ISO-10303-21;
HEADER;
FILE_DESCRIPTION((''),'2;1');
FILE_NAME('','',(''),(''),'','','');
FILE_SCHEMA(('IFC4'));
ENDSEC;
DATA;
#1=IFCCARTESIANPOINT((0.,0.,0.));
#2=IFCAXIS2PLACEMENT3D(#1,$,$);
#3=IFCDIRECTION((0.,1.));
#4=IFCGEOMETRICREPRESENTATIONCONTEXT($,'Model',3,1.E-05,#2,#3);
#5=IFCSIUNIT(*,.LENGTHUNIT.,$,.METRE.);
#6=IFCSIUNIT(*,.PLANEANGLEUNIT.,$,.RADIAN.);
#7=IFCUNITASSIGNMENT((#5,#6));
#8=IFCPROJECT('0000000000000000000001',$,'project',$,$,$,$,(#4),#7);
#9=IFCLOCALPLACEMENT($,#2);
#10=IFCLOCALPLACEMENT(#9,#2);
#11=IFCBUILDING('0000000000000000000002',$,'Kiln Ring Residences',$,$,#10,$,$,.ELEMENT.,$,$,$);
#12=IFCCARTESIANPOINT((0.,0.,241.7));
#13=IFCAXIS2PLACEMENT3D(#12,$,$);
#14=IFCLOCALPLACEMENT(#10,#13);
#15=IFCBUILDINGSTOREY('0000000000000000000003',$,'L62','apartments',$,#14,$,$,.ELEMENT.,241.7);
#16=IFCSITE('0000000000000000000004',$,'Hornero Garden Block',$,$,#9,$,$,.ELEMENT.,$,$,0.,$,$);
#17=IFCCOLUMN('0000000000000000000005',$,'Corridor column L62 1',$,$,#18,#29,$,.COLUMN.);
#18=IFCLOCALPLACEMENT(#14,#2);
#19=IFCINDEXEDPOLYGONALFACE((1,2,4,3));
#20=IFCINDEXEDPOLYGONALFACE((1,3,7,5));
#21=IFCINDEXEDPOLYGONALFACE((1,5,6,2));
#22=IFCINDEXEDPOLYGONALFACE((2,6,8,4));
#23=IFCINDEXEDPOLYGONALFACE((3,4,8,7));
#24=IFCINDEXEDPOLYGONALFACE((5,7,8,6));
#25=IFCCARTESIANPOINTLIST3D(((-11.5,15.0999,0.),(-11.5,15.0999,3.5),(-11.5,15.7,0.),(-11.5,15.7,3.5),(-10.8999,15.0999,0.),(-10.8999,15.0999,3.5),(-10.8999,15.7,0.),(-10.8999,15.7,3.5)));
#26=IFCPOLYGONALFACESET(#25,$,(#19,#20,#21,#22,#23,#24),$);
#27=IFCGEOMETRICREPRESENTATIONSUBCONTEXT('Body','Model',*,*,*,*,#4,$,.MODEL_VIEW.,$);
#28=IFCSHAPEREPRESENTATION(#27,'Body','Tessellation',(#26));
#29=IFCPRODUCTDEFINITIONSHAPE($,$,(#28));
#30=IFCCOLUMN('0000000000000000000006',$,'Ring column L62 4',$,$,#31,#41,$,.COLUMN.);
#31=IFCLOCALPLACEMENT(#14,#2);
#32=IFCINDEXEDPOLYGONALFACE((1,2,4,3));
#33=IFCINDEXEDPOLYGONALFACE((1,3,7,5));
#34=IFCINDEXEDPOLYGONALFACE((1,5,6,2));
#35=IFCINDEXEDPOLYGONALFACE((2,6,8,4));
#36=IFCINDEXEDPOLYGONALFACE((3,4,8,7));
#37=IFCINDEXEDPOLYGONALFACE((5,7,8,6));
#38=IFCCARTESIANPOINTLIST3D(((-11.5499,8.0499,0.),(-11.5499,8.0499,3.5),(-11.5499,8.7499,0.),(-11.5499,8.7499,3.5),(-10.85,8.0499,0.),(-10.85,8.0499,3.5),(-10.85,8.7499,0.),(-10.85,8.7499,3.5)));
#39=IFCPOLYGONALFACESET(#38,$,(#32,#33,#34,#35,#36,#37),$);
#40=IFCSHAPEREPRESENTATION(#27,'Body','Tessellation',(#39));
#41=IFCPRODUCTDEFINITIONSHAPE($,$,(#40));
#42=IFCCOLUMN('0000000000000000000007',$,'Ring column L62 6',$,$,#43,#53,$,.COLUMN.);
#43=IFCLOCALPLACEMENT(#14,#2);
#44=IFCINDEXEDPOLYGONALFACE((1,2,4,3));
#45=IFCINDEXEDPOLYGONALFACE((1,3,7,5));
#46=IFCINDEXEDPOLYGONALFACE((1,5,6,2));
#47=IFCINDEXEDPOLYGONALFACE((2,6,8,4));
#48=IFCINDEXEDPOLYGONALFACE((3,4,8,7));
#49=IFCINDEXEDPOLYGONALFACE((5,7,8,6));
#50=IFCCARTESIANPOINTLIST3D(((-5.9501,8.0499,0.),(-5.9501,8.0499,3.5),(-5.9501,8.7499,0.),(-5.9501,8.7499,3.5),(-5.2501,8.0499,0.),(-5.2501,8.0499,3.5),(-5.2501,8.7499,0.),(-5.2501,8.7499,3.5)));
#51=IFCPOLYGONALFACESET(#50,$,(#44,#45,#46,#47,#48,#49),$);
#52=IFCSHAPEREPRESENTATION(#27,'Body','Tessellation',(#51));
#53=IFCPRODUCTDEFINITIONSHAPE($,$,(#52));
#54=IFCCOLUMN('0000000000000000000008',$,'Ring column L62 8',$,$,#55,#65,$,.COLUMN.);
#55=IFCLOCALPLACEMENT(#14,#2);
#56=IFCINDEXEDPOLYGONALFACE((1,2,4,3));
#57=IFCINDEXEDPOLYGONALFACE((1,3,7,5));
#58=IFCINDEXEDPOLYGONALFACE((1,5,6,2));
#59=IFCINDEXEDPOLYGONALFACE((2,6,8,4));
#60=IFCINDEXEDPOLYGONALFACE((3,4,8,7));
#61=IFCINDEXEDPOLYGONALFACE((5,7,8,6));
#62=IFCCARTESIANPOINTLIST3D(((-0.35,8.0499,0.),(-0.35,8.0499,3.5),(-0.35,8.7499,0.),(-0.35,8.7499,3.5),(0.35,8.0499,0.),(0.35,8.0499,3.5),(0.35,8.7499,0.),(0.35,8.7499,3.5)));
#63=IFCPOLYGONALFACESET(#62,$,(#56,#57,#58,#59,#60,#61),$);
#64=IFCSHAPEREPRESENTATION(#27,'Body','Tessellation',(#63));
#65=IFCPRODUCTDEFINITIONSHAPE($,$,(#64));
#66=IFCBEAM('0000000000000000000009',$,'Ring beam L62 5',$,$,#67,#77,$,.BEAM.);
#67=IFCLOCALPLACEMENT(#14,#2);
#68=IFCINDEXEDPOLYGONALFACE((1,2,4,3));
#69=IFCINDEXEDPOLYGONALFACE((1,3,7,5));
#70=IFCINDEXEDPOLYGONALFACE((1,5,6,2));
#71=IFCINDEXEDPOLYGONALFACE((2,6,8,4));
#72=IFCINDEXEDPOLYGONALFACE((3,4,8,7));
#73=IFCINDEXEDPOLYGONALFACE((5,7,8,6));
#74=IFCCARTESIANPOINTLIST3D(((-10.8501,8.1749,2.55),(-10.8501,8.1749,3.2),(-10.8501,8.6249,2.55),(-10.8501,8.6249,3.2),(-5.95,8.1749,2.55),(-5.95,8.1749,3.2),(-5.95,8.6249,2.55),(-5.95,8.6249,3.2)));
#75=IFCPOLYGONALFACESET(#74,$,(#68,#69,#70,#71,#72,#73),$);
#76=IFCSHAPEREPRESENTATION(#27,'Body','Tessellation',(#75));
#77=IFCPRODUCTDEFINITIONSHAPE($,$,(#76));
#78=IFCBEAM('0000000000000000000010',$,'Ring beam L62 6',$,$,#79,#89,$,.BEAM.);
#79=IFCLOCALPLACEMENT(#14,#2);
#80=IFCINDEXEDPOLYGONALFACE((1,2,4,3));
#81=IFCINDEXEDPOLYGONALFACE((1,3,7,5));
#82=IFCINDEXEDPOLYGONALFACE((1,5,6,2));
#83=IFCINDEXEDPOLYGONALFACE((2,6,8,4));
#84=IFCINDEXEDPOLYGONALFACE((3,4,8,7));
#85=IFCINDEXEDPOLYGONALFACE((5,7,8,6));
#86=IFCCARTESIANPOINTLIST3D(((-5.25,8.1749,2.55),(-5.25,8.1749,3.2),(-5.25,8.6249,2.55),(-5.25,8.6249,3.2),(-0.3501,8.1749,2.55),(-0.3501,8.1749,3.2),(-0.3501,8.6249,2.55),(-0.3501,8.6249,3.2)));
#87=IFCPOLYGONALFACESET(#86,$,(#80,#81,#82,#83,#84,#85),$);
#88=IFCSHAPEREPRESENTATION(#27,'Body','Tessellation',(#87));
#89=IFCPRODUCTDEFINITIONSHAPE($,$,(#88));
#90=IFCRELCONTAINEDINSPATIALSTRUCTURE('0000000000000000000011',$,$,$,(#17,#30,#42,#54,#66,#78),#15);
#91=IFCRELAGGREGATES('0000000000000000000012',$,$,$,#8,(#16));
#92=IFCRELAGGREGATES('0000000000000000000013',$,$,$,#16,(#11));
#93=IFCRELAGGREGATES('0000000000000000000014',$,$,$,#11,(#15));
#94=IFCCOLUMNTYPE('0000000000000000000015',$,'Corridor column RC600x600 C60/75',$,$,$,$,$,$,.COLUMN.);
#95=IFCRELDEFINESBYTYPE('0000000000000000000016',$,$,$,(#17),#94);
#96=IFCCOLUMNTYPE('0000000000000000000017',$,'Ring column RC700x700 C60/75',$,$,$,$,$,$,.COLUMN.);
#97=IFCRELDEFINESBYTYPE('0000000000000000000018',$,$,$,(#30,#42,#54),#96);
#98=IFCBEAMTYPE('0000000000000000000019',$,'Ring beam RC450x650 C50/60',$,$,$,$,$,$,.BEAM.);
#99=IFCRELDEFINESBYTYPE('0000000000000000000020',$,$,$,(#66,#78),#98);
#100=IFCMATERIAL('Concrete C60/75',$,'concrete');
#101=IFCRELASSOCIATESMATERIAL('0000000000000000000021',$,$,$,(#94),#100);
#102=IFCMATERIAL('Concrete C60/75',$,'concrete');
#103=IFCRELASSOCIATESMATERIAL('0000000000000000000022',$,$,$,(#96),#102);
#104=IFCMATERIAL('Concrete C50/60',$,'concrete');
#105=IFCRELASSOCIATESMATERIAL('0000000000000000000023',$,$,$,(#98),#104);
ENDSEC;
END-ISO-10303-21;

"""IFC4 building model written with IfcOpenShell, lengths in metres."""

from ifc_helpers import new_model, si_unit, direction, frame, origin, origin_2d, place, context, subcontext, project, spatial, rectangle, extrude, material, material_profile, profile_set, type_object, element, save


model = new_model("IFC4")

# Units and contexts
model_context = context("Model", 3, precision=1e-05, world=origin(), true_north=direction((0.0, 1.0)))
body_context = subcontext(model_context, "Body", "Model", "MODEL_VIEW")
ifc_project = project(units=[si_unit("LENGTHUNIT", "METRE"), si_unit("PLANEANGLEUNIT", "RADIAN")], contexts=[model_context])

# Site, building, storey
site_placement = place(None, origin())
site = spatial("IfcSite", under=ifc_project, at=site_placement, Name="Hornero Garden Block", CompositionType="ELEMENT", RefElevation=0.0)
building_placement = place(site_placement, origin())
building = spatial("IfcBuilding", under=site, at=building_placement, Name="Kiln Ring Residences", CompositionType="ELEMENT")
storey_placement = place(building_placement, frame((0.0, 0.0, 241.7)))
storey = spatial("IfcBuildingStorey", under=building, at=storey_placement, Name="L62", Description="apartments", CompositionType="ELEMENT", Elevation=241.7)

# Columns
ifc_material_1 = material(Name="Concrete C60/75", Category="concrete")
ifc_material_profile_1 = material_profile(ifc_material_1, rectangle(XDim=0.6001, YDim=0.6001, at=origin_2d()), Name="RC600x600")
ifc_profile_set_1 = profile_set([ifc_material_profile_1], Name="Concrete C60/75")
column_type_1 = type_object("IfcColumnType", Name="Corridor column RC600x600 C60/75", PredefinedType="COLUMN", material=ifc_profile_set_1)
column_placement = place(storey_placement, frame((-11.2, 15.3999, 0.0), z_axis=(0.0, 0.0, 1.0), x_axis=(1.0, 0.0, 0.0)))
element("IfcColumn", 1, at=column_placement, inside=storey, type_object=column_type_1, Name="Corridor column L62 1", PredefinedType="COLUMN", context=body_context, shape_type="SweptSolid", body=[
    extrude(rectangle(XDim=0.6001, YDim=0.6001, at=origin_2d()), origin(), (0.0, 0.0, 1.0), 3.5),
])
ifc_material_2 = material(Name="Concrete C60/75", Category="concrete")
ifc_material_profile_2 = material_profile(ifc_material_2, rectangle(XDim=0.7, YDim=0.7, at=origin_2d()), Name="RC700x700")
ifc_profile_set_2 = profile_set([ifc_material_profile_2], Name="Concrete C60/75")
column_type_2 = type_object("IfcColumnType", Name="Ring column RC700x700 C60/75", PredefinedType="COLUMN", material=ifc_profile_set_2)
for number, where, z_axis, x_axis, name in (
    (2, (-11.2, 8.3999, 0.0), (0.0, 0.0, 1.0), (1.0, 0.0, 0.0), "Ring column L62 4"),
    (3, (-5.6001, 8.3999, 0.0), (0.0, 0.0, 1.0), (1.0, 0.0, 0.0), "Ring column L62 6"),
    (4, (0.0, 8.3999, 0.0), (0.0, 0.0, 1.0), (1.0, 0.0, 0.0), "Ring column L62 8"),
):
    element("IfcColumn", number, at=place(storey_placement, frame(where, z_axis=z_axis, x_axis=x_axis)), inside=storey, type_object=column_type_2, Name=name, PredefinedType="COLUMN", context=body_context, shape_type="SweptSolid", body=[
        extrude(rectangle(XDim=0.7, YDim=0.7, at=origin_2d()), origin(), (0.0, 0.0, 1.0), 3.5),
    ])

# Beams
ifc_material_3 = material(Name="Concrete C50/60", Category="concrete")
ifc_material_profile_3 = material_profile(ifc_material_3, rectangle(XDim=0.45, YDim=0.6499, at=origin_2d()), Name="RC450x650")
ifc_profile_set_3 = profile_set([ifc_material_profile_3], Name="Concrete C50/60")
beam_type = type_object("IfcBeamType", Name="Ring beam RC450x650 C50/60", PredefinedType="BEAM", material=ifc_profile_set_3)
beam_1_placement = place(storey_placement, frame((-10.8501, 8.3999, 2.875), z_axis=(1.0, 0.0, 0.0), x_axis=(0.0, 1.0, 0.0)))
element("IfcBeam", 5, at=beam_1_placement, inside=storey, type_object=beam_type, Name="Ring beam L62 5", PredefinedType="BEAM", context=body_context, shape_type="SweptSolid", body=[
    extrude(rectangle(XDim=0.45, YDim=0.6499, at=origin_2d()), origin(), (0.0, 0.0, 1.0), 4.9001),
])
beam_2_placement = place(storey_placement, frame((-5.25, 8.3999, 2.875), z_axis=(1.0, 0.0, 0.0), x_axis=(0.0, 1.0, 0.0)))
element("IfcBeam", 6, at=beam_2_placement, inside=storey, type_object=beam_type, Name="Ring beam L62 6", PredefinedType="BEAM", context=body_context, shape_type="SweptSolid", body=[
    extrude(rectangle(XDim=0.45, YDim=0.6499, at=origin_2d()), origin(), (0.0, 0.0, 1.0), 4.8999),
])

save(model, "model.ifc")
